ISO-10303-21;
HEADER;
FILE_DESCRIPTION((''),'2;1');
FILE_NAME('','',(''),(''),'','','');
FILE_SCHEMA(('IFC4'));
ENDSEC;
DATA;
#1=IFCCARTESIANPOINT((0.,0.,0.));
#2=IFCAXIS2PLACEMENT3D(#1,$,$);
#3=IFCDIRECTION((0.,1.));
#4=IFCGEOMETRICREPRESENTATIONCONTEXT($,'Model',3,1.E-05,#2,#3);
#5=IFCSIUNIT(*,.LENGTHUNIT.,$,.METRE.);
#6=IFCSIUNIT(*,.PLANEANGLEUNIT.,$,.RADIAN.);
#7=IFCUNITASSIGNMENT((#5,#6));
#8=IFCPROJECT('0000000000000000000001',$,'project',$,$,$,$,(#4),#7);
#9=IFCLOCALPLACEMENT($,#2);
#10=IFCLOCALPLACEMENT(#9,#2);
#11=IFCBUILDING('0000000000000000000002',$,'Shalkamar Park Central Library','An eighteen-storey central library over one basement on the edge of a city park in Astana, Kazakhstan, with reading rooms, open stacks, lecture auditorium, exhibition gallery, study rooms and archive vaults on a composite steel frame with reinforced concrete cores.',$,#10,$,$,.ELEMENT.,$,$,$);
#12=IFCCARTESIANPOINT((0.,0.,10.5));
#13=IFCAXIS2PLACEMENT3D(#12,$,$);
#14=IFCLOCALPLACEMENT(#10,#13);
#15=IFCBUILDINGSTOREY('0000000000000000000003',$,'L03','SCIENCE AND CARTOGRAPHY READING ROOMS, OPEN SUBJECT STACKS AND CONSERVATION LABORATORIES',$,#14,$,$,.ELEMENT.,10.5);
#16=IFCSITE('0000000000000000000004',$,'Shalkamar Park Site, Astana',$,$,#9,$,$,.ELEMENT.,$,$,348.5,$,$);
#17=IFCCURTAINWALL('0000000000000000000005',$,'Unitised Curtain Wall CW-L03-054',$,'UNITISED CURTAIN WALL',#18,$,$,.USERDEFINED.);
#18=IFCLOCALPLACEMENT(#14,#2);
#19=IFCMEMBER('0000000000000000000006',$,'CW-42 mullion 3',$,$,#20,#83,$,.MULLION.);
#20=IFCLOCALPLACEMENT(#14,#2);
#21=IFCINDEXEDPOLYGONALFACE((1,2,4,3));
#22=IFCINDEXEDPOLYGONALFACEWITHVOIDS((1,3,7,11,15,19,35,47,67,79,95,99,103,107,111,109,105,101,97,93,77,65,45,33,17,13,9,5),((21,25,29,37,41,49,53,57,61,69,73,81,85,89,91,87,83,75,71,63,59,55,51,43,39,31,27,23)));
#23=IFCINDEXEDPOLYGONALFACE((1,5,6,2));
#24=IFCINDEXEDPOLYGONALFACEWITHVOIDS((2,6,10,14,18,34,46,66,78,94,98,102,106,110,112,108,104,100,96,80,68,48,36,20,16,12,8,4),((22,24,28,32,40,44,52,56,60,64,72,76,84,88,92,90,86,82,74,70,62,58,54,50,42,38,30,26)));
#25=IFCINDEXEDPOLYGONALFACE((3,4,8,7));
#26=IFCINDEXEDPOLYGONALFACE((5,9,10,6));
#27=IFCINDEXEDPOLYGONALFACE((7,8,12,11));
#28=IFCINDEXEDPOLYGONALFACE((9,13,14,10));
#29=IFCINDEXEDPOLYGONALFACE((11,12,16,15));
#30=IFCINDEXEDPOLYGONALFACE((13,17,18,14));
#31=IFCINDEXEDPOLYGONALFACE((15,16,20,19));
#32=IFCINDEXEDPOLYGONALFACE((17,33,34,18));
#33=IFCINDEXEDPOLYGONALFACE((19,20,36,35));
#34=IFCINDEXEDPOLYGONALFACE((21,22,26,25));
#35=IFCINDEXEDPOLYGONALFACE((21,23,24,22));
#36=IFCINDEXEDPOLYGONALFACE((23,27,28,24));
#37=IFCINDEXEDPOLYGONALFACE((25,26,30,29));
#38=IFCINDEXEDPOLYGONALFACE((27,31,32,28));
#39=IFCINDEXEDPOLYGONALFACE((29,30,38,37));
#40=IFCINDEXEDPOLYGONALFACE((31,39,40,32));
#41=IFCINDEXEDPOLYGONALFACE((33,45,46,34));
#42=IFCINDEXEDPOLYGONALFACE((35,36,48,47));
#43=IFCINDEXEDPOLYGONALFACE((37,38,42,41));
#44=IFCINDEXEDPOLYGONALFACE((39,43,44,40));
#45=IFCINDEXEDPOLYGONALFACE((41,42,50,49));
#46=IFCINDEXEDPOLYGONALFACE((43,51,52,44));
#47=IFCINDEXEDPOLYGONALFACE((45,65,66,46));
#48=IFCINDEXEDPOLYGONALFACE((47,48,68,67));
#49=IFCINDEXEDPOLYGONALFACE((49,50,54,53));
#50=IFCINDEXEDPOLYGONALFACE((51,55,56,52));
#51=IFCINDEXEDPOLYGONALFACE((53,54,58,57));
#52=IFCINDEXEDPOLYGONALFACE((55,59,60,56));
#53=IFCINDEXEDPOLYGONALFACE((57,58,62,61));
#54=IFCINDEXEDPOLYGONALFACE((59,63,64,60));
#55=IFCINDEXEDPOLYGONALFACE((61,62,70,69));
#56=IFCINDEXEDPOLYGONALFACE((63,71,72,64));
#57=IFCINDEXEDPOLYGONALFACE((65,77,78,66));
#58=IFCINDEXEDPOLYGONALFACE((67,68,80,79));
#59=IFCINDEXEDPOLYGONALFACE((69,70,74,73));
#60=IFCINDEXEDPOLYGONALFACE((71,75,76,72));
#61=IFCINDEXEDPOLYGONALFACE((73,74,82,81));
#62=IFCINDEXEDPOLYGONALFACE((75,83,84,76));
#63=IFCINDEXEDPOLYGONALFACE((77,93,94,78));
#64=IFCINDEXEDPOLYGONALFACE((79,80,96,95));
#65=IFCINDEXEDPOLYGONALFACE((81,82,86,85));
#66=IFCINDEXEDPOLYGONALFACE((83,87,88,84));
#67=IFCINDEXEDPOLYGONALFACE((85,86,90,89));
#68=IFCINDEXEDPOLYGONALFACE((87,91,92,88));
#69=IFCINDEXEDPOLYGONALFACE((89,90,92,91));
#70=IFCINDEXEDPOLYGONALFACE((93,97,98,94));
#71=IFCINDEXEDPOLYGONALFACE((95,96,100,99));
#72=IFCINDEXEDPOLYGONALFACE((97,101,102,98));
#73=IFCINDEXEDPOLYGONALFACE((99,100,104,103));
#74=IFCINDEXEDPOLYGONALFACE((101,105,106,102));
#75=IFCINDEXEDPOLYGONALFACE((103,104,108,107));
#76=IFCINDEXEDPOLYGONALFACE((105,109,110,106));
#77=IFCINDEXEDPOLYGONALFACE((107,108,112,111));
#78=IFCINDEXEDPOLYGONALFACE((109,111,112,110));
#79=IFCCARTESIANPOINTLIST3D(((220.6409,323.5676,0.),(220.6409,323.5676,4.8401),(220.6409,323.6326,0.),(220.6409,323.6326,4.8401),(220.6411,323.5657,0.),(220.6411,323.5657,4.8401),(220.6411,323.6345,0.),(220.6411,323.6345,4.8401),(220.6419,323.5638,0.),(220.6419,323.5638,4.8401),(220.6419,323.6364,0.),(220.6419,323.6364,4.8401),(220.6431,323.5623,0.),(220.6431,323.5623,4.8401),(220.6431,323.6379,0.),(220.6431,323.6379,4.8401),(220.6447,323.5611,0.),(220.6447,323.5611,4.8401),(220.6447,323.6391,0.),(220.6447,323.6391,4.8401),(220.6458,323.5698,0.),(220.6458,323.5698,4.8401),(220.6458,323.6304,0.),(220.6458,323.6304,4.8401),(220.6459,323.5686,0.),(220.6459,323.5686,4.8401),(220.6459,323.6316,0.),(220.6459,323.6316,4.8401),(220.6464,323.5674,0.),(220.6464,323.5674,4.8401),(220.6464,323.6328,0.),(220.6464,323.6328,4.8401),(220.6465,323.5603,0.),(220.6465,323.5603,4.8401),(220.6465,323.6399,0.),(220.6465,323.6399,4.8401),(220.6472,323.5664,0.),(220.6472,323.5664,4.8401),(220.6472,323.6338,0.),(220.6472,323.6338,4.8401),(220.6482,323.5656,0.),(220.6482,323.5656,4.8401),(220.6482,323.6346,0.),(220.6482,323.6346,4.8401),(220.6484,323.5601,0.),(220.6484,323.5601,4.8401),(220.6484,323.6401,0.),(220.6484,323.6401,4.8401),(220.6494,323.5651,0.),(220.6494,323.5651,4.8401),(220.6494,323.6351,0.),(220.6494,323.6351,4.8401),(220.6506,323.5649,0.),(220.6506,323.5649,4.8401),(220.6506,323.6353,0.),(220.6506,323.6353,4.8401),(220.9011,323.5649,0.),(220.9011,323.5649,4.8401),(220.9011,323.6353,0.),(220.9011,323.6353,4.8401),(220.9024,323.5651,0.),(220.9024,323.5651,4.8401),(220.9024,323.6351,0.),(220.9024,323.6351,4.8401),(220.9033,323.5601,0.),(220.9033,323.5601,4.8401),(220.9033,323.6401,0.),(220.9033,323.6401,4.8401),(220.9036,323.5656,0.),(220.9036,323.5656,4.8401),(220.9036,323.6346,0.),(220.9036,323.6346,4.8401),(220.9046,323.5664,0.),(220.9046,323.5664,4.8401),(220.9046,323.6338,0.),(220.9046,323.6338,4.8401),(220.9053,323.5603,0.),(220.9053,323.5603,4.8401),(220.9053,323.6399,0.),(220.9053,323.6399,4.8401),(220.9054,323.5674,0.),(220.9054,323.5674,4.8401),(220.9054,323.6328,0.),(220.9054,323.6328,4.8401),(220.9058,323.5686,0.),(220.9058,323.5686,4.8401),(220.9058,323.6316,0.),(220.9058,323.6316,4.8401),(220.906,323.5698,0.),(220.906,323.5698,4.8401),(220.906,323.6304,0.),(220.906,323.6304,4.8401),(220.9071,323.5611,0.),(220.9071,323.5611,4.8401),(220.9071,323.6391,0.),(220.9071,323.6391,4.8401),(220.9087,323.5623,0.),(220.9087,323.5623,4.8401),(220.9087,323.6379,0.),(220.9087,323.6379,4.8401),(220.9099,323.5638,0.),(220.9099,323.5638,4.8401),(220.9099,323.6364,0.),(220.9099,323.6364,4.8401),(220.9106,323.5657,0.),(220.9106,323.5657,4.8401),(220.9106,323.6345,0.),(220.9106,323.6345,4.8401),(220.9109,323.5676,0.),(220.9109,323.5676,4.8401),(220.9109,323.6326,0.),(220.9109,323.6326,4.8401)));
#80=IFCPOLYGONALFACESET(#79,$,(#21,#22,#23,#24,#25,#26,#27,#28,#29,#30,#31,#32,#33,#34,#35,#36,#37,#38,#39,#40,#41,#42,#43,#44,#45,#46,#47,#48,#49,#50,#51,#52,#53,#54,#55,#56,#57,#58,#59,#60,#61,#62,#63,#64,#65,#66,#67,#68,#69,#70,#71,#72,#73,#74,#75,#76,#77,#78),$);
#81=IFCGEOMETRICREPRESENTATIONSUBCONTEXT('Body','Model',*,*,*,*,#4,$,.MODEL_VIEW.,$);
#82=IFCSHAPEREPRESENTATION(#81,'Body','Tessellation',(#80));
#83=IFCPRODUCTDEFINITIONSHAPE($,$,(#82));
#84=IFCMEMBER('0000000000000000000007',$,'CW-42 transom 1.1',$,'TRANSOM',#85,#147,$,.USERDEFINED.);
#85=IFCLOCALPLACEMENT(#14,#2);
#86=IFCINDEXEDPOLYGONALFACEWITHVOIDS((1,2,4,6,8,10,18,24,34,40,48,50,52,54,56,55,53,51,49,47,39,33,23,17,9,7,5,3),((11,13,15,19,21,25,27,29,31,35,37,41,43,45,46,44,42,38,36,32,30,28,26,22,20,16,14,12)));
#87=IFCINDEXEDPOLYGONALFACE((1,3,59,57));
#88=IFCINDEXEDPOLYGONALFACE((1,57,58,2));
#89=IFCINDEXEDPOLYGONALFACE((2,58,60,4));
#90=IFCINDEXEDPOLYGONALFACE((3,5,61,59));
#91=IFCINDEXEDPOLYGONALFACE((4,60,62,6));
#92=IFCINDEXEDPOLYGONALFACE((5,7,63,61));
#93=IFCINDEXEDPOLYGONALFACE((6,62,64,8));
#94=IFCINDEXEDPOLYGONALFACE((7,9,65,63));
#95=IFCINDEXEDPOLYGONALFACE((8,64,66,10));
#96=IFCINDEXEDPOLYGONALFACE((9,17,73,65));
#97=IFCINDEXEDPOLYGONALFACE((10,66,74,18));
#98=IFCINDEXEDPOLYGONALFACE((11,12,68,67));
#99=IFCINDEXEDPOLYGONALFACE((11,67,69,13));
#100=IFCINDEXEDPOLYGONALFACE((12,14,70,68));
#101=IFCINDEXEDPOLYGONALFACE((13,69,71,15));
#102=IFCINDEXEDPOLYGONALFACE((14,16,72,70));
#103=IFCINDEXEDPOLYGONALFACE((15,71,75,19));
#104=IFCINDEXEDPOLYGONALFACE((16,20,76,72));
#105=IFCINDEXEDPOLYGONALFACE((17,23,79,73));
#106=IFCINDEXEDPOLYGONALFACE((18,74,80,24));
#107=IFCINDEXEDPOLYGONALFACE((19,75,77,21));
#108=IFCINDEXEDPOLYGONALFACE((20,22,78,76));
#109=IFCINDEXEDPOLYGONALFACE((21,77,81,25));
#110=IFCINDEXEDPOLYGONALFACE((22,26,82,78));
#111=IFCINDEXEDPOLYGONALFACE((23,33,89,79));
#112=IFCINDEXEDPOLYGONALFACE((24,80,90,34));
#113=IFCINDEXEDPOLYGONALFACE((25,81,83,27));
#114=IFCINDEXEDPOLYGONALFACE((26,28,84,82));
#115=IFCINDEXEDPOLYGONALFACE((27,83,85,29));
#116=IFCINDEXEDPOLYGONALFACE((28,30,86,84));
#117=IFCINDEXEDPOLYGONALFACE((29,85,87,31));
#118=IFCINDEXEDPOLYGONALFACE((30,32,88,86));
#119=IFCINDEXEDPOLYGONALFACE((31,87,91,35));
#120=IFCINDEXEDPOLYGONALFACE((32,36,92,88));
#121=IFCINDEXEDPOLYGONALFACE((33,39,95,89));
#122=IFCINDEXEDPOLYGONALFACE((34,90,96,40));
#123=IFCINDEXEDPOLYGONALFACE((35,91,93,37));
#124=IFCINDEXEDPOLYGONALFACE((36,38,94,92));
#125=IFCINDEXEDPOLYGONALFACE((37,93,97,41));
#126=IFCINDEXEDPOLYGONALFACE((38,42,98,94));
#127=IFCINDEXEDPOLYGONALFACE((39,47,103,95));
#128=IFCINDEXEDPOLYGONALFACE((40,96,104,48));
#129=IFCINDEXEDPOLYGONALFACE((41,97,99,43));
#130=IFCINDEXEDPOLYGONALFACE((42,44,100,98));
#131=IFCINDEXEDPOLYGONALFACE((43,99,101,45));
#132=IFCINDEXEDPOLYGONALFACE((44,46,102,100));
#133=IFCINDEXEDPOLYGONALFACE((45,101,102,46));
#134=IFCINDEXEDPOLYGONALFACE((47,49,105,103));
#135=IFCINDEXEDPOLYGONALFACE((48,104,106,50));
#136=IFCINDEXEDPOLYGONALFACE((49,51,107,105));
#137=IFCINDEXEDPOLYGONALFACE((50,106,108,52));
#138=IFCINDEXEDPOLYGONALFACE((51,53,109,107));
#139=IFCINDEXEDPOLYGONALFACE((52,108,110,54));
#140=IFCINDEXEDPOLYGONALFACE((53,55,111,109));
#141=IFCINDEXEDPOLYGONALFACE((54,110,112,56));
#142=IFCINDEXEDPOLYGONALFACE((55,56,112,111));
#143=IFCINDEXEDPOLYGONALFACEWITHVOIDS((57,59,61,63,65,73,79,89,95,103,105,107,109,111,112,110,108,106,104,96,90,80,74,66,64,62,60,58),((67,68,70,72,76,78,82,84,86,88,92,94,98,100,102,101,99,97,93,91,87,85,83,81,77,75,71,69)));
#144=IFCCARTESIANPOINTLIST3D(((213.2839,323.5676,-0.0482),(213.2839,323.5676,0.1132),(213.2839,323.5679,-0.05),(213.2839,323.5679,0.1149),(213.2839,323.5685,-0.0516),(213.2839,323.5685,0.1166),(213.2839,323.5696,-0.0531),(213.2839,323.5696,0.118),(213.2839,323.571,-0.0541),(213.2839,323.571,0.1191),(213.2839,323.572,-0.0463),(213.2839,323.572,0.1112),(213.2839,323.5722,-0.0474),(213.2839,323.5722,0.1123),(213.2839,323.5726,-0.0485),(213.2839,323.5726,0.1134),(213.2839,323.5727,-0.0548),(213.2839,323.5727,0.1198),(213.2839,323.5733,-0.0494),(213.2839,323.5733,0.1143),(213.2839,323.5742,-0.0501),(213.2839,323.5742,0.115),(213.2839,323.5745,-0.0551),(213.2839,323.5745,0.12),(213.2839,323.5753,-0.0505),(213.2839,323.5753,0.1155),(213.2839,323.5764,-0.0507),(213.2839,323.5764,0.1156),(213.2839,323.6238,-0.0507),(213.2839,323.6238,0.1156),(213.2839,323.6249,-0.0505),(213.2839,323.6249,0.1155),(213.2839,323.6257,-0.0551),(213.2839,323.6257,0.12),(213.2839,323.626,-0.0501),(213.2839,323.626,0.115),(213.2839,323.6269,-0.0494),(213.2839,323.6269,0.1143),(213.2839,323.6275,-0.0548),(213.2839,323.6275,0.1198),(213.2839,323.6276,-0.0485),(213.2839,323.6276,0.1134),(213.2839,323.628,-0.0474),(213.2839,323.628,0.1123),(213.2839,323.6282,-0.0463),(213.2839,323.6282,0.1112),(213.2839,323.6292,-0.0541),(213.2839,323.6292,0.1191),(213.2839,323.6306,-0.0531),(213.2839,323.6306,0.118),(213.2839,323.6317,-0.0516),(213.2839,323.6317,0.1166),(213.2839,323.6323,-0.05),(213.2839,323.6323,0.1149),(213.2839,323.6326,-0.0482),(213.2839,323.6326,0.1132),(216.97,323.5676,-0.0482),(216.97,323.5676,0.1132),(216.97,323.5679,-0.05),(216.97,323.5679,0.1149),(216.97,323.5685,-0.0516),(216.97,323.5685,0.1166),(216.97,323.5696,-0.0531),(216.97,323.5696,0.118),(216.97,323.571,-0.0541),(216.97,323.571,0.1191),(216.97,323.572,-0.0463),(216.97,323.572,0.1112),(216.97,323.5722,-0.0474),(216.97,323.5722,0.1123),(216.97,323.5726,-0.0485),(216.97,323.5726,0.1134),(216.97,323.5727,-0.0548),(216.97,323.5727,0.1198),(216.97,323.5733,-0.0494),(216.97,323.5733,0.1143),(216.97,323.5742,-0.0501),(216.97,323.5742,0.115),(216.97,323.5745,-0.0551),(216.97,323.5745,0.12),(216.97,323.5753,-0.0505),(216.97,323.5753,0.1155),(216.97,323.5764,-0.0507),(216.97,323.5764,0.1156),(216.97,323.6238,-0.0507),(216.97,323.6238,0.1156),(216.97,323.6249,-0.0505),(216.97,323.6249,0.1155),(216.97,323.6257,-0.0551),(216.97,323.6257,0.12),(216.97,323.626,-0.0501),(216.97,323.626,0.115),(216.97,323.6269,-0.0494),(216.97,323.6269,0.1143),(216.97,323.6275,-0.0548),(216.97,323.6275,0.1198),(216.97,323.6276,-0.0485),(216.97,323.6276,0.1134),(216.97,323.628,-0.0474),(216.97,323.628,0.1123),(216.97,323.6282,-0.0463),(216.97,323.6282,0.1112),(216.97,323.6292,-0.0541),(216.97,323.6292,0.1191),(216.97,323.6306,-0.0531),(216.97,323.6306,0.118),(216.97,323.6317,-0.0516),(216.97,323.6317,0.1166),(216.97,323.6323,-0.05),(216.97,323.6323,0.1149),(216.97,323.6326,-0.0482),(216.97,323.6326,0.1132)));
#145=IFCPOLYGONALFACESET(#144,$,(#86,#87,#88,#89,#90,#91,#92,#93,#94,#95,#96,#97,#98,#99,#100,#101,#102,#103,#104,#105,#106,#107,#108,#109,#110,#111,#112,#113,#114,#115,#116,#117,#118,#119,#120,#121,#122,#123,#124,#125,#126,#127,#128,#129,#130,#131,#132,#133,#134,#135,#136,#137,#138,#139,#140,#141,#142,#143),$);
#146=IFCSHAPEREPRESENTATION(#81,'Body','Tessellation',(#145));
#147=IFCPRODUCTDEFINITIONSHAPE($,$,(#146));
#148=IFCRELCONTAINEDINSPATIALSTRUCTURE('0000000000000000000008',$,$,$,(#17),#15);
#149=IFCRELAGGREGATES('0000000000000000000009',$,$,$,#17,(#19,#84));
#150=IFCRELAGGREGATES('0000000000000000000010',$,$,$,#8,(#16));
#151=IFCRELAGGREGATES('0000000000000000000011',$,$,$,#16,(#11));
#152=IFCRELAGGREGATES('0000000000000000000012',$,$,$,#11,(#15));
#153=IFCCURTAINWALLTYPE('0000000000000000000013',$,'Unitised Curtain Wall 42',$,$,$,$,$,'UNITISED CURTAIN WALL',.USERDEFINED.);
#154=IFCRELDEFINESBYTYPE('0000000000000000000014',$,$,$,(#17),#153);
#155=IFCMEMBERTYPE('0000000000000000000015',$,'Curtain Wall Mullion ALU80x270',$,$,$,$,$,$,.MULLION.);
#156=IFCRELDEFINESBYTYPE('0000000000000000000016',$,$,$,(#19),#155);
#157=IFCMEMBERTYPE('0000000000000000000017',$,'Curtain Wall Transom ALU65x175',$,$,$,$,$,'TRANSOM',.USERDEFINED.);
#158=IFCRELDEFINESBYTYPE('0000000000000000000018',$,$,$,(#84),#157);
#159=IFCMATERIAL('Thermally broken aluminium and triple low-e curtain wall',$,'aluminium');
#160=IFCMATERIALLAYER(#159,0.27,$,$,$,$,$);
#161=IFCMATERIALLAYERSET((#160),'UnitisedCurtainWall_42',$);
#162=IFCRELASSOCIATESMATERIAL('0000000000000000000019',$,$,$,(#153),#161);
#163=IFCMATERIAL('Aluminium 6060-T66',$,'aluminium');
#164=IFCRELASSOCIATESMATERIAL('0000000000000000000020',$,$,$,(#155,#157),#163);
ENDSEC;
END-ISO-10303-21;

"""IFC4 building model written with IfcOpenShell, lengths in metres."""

from ifc_helpers import new_model, si_unit, direction, frame, origin, origin_2d, place, context, subcontext, project, spatial, hollow_rectangle, extrude, material, layer, layer_set, material_profile, profile_set, type_object, element, aggregate, save


model = new_model("IFC4")

# Units and contexts
model_context = context("Model", 3, precision=1e-05, world=origin(), true_north=direction((0.0, 1.0)))
body_context = subcontext(model_context, "Body", "Model", "MODEL_VIEW")
ifc_project = project(units=[si_unit("LENGTHUNIT", "METRE"), si_unit("PLANEANGLEUNIT", "RADIAN")], contexts=[model_context])

# Site, building, storey
site_placement = place(None, origin())
site = spatial("IfcSite", under=ifc_project, at=site_placement, Name="Shalkamar Park Site, Astana", CompositionType="ELEMENT", RefElevation=348.5)
building_placement = place(site_placement, origin())
building = spatial("IfcBuilding", under=site, at=building_placement, Name="Shalkamar Park Central Library", Description="An eighteen-storey central library over one basement on the edge of a city park in Astana, Kazakhstan, with reading rooms, open stacks, lecture auditorium, exhibition gallery, study rooms and archive vaults on a composite steel frame with reinforced concrete cores.", CompositionType="ELEMENT")
storey_placement = place(building_placement, frame((0.0, 0.0, 10.5)))
storey = spatial("IfcBuildingStorey", under=building, at=storey_placement, Name="L03", Description="SCIENCE AND CARTOGRAPHY READING ROOMS, OPEN SUBJECT STACKS AND CONSERVATION LABORATORIES", CompositionType="ELEMENT", Elevation=10.5)

# Shared definitions
ifc_material_1 = material(Name="Thermally broken aluminium and triple low-e curtain wall", Category="aluminium")
ifc_material_2 = material(Name="Aluminium 6060-T66", Category="aluminium")

# Curtain wall, members
ifc_layer_1 = layer(ifc_material_1, 0.27)
ifc_layer_set_1 = layer_set([ifc_layer_1], Name="UnitisedCurtainWall_42")
curtain_wall_type_1 = type_object("IfcCurtainWallType", Name="Unitised Curtain Wall 42", ElementType="UNITISED CURTAIN WALL", PredefinedType="USERDEFINED", material=ifc_layer_set_1)
curtain_wall_1_placement = place(storey_placement, origin())
curtain_wall_1 = element("IfcCurtainWall", 1, at=curtain_wall_1_placement, inside=storey, type_object=curtain_wall_type_1, Name="Unitised Curtain Wall CW-L03-054", ObjectType="UNITISED CURTAIN WALL", PredefinedType="USERDEFINED")
ifc_material_profile_1 = material_profile(ifc_material_2, hollow_rectangle(XDim=0.0801, YDim=0.27, WallThickness=0.0049, InnerFilletRadius=0.0049, OuterFilletRadius=0.0076, at=origin_2d()), Name="ALU 80x270x5")
ifc_profile_set_1 = profile_set([ifc_material_profile_1], Name="Aluminium 6060-T66")
member_type_1 = type_object("IfcMemberType", Name="Curtain Wall Mullion ALU80x270", PredefinedType="MULLION", material=ifc_profile_set_1)
member_1_placement = place(storey_placement, frame((220.7759, 323.6001, 0.0), z_axis=(0.0, 0.0, 1.0), x_axis=(0.0, 1.0, 0.0)))
member_1 = element("IfcMember", 2, at=member_1_placement, type_object=member_type_1, Name="CW-42 mullion 3", PredefinedType="MULLION", context=body_context, shape_type="SweptSolid", body=[
    extrude(hollow_rectangle(XDim=0.0801, YDim=0.27, WallThickness=0.0049, InnerFilletRadius=0.0049, OuterFilletRadius=0.0076, at=origin_2d()), origin(), (0.0, 0.0, 1.0), 4.8401),
])
ifc_material_profile_2 = material_profile(ifc_material_2, hollow_rectangle(XDim=0.0649, YDim=0.175, WallThickness=0.0044, InnerFilletRadius=0.0044, OuterFilletRadius=0.0068, at=origin_2d()), Name="ALU 65x175x4.5")
ifc_profile_set_2 = profile_set([ifc_material_profile_2], Name="Aluminium 6060-T66")
member_type_2 = type_object("IfcMemberType", Name="Curtain Wall Transom ALU65x175", ElementType="TRANSOM", PredefinedType="USERDEFINED", material=ifc_profile_set_2)
member_2_placement = place(storey_placement, frame((213.2839, 323.6001, 0.0325), z_axis=(1.0, 0.0, 0.0), x_axis=(0.0, 1.0, 0.0)))
member_2 = element("IfcMember", 3, at=member_2_placement, type_object=member_type_2, Name="CW-42 transom 1.1", ObjectType="TRANSOM", PredefinedType="USERDEFINED", context=body_context, shape_type="SweptSolid", body=[
    extrude(hollow_rectangle(XDim=0.0649, YDim=0.175, WallThickness=0.0044, InnerFilletRadius=0.0044, OuterFilletRadius=0.0068, at=origin_2d()), origin(), (0.0, 0.0, 1.0), 3.686),
])

aggregate(curtain_wall_1, [member_1, member_2])

save(model, "model.ifc")
